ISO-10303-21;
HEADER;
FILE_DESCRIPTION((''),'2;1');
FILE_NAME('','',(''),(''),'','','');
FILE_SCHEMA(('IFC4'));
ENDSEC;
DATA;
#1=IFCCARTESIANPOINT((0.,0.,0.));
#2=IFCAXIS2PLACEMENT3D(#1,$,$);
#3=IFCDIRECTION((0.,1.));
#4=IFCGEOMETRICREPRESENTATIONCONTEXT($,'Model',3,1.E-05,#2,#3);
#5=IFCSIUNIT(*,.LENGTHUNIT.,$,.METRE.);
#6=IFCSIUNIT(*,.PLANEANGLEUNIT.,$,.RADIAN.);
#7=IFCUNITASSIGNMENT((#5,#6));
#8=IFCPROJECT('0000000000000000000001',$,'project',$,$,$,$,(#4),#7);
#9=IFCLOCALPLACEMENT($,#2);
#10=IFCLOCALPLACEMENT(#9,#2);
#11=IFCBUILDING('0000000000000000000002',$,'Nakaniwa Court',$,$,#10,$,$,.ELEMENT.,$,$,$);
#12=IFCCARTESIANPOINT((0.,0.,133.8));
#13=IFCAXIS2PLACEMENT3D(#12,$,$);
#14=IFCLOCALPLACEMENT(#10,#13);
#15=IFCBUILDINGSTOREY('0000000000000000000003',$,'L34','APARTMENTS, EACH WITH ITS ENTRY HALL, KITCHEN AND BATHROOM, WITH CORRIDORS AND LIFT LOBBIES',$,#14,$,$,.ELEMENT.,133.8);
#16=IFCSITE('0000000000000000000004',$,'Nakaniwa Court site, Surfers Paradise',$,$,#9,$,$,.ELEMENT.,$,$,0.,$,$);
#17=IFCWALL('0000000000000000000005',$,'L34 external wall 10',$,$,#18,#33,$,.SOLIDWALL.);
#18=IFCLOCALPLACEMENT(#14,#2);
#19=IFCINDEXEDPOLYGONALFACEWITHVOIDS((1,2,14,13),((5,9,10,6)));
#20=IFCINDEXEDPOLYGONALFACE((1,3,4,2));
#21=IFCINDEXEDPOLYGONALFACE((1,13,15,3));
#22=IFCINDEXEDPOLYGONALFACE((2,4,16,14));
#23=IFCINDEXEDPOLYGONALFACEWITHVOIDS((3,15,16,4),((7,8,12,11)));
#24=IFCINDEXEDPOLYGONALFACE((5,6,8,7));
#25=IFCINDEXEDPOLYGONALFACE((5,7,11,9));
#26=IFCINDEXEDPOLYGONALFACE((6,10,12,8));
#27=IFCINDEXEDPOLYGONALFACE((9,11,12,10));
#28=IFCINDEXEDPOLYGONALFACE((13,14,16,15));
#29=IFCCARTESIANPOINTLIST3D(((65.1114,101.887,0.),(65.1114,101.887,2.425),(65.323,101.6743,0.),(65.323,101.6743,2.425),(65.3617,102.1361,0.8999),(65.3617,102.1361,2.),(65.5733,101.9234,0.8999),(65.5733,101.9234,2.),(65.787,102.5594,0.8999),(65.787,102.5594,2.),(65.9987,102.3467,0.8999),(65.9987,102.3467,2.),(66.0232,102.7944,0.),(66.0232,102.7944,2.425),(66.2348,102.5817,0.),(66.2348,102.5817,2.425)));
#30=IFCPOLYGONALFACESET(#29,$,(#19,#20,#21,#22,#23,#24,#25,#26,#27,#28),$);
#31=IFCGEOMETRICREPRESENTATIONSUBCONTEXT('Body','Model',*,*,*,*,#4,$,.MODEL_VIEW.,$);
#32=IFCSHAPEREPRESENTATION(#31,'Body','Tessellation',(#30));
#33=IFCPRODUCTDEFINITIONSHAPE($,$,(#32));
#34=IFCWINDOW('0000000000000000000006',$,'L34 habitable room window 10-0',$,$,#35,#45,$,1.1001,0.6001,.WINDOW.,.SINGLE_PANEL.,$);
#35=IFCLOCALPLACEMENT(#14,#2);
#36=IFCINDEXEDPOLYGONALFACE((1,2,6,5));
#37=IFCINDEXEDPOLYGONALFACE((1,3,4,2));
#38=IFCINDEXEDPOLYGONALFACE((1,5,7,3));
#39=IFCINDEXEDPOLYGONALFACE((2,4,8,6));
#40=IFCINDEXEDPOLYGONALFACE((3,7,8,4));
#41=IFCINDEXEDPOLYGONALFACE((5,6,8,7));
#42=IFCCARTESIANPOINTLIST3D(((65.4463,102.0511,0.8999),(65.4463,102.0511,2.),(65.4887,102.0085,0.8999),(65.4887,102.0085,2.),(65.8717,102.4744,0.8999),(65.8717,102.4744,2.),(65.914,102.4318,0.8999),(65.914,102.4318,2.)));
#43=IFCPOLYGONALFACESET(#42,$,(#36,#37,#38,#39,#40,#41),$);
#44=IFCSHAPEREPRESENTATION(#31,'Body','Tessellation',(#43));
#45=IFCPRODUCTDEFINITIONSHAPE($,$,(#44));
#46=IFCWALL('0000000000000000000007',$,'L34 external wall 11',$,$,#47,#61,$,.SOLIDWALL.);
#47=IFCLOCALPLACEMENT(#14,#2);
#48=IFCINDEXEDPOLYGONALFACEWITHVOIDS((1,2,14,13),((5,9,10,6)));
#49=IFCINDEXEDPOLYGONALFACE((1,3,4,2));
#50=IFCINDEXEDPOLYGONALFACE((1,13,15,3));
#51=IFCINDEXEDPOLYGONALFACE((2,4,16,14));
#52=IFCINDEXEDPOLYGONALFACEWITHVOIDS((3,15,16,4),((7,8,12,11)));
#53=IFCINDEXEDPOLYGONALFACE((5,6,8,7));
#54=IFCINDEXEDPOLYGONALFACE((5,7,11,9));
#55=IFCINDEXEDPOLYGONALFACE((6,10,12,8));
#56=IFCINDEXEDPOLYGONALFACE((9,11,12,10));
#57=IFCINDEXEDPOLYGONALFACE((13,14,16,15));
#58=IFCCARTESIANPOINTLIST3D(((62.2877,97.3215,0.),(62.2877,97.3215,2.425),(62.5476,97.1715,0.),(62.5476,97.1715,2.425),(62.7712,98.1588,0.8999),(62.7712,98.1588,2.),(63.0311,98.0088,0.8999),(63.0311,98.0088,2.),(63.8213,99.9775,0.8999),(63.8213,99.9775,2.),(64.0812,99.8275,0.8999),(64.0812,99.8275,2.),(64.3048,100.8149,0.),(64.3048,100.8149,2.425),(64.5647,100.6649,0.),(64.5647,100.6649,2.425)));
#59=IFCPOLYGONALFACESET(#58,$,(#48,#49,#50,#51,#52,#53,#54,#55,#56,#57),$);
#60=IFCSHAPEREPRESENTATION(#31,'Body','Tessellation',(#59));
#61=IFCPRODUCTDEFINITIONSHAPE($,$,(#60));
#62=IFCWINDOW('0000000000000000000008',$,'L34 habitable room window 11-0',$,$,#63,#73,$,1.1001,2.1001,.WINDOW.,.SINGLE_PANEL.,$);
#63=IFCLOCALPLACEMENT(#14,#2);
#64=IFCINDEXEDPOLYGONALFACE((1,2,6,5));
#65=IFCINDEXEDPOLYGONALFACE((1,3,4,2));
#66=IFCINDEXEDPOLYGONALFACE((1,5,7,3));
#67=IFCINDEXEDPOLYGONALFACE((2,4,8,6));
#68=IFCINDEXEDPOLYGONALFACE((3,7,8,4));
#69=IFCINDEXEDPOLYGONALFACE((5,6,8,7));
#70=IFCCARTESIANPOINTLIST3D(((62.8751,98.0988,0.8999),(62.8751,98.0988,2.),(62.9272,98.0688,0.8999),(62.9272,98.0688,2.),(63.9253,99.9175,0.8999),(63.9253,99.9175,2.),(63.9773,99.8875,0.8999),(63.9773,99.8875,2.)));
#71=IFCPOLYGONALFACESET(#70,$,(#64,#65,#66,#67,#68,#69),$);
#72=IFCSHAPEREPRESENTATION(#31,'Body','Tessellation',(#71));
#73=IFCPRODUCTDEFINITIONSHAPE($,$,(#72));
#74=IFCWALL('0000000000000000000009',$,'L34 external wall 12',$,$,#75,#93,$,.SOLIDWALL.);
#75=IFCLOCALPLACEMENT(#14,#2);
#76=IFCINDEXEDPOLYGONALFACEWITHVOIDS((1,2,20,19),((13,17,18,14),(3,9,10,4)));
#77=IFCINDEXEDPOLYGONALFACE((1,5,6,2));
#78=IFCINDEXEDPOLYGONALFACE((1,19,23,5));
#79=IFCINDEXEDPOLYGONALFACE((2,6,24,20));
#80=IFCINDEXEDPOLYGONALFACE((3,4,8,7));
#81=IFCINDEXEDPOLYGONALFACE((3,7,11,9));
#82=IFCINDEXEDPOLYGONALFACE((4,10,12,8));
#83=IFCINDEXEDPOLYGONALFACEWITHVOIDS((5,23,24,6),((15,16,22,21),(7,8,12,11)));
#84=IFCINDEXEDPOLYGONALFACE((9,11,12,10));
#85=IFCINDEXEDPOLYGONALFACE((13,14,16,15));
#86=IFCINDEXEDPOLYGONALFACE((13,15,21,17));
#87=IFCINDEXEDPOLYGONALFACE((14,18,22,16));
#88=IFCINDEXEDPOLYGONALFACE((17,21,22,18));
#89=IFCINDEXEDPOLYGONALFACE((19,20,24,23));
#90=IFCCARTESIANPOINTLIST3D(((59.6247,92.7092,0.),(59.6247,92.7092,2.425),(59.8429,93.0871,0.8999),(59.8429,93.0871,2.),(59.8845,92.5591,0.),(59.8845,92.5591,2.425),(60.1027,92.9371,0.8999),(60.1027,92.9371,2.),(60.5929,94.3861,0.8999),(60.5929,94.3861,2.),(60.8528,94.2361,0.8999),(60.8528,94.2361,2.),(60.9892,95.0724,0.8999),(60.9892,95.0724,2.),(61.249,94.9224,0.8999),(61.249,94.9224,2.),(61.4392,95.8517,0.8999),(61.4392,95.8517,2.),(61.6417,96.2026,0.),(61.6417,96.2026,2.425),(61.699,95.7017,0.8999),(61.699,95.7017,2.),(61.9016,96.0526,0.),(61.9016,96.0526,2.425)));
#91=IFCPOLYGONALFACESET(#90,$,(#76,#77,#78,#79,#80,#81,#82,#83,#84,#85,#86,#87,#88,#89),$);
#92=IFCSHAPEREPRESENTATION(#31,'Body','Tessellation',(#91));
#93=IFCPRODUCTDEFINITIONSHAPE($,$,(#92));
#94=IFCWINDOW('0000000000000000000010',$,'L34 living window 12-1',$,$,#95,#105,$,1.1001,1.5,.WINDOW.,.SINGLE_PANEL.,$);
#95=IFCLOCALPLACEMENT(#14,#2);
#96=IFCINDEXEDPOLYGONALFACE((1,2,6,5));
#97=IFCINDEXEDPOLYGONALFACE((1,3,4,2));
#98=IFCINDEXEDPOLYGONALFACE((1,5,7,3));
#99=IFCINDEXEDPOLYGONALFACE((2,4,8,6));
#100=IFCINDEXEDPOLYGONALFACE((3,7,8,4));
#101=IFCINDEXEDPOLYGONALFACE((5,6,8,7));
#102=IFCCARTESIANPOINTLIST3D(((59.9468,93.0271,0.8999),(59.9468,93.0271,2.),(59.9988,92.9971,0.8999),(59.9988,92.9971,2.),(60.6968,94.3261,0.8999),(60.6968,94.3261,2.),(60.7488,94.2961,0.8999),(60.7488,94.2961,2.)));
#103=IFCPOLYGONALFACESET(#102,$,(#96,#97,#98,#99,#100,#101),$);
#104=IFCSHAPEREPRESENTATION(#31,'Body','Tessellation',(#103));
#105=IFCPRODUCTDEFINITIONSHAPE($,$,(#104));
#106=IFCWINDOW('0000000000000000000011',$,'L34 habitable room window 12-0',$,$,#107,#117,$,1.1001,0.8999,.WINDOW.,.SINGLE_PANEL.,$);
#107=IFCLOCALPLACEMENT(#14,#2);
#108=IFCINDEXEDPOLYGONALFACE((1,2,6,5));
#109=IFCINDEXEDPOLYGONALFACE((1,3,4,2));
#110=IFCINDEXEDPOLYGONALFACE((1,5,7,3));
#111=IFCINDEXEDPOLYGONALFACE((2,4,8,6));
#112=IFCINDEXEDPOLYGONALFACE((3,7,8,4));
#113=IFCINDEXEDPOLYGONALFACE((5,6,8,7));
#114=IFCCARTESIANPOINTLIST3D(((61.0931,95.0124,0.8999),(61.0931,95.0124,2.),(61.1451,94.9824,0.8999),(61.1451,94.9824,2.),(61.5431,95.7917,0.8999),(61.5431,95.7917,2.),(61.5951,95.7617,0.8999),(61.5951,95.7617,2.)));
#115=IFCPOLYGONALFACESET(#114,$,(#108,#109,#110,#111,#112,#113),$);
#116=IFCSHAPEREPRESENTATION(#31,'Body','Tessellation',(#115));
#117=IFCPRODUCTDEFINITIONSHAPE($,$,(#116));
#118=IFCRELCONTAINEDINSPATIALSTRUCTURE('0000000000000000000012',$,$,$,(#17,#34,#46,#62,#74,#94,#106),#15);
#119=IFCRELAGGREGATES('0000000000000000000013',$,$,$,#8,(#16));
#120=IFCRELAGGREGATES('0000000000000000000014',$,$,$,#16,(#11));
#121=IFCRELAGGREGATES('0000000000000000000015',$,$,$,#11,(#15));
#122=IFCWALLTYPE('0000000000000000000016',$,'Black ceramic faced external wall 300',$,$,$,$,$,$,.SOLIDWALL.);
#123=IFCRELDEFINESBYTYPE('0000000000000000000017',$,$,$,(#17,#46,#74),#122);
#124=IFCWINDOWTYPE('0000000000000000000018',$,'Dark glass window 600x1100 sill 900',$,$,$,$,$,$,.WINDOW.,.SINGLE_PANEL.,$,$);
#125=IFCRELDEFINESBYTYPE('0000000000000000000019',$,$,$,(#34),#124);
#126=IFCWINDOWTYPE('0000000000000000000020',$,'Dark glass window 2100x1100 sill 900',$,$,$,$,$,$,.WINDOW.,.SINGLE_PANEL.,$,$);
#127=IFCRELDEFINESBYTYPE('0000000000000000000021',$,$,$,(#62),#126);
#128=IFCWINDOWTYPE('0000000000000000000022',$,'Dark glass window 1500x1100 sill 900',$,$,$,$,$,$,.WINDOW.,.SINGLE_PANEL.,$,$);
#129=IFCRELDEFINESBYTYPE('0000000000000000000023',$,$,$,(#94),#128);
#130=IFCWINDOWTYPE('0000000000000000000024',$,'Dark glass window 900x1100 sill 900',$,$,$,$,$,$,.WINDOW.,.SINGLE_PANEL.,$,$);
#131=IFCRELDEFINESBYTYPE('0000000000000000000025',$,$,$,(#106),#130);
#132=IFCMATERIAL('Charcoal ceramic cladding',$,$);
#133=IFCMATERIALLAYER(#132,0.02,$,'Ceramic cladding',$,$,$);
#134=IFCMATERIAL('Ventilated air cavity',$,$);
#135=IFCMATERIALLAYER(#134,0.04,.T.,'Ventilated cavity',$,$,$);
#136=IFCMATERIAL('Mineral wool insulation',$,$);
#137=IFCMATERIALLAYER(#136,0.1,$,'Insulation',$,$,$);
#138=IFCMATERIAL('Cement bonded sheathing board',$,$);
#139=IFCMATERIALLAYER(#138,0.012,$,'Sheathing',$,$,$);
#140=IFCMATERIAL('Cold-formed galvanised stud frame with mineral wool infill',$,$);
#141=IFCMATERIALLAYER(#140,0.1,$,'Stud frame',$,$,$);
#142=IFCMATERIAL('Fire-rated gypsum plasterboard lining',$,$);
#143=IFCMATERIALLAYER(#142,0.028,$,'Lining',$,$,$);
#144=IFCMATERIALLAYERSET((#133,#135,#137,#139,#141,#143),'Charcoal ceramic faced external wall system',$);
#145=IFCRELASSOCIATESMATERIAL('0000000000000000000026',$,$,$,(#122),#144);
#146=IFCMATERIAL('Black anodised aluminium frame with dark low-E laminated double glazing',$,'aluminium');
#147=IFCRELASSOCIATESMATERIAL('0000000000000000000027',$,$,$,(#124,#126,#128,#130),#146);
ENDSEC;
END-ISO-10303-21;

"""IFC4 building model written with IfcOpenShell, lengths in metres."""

from ifc_helpers import new_model, si_unit, direction, frame, frame_2d, origin, place, context, subcontext, project, spatial, rectangle, extrude, material, layer, layer_set, type_object, element, fill, save


model = new_model("IFC4")

# Units and contexts
model_context = context("Model", 3, precision=1e-05, world=origin(), true_north=direction((0.0, 1.0)))
body_context = subcontext(model_context, "Body", "Model", "MODEL_VIEW")
ifc_project = project(units=[si_unit("LENGTHUNIT", "METRE"), si_unit("PLANEANGLEUNIT", "RADIAN")], contexts=[model_context])

# Site, building, storey
site_placement = place(None, origin())
site = spatial("IfcSite", under=ifc_project, at=site_placement, Name="Nakaniwa Court site, Surfers Paradise", CompositionType="ELEMENT", RefElevation=0.0)
building_placement = place(site_placement, origin())
building = spatial("IfcBuilding", under=site, at=building_placement, Name="Nakaniwa Court", CompositionType="ELEMENT")
storey_placement = place(building_placement, frame((0.0, 0.0, 133.8)))
storey = spatial("IfcBuildingStorey", under=building, at=storey_placement, Name="L34", Description="APARTMENTS, EACH WITH ITS ENTRY HALL, KITCHEN AND BATHROOM, WITH CORRIDORS AND LIFT LOBBIES", CompositionType="ELEMENT", Elevation=133.8)

# Walls, openings, windows
ifc_material_1 = material(Name="Charcoal ceramic cladding")
ifc_layer_1 = layer(ifc_material_1, 0.02, Name="Ceramic cladding")
ifc_material_2 = material(Name="Ventilated air cavity")
ifc_layer_2 = layer(ifc_material_2, 0.04, ventilated=True, Name="Ventilated cavity")
ifc_material_3 = material(Name="Mineral wool insulation")
ifc_layer_3 = layer(ifc_material_3, 0.1, Name="Insulation")
ifc_material_4 = material(Name="Cement bonded sheathing board")
ifc_layer_4 = layer(ifc_material_4, 0.012, Name="Sheathing")
ifc_material_5 = material(Name="Cold-formed galvanised stud frame with mineral wool infill")
ifc_layer_5 = layer(ifc_material_5, 0.1, Name="Stud frame")
ifc_material_6 = material(Name="Fire-rated gypsum plasterboard lining")
ifc_layer_6 = layer(ifc_material_6, 0.028, Name="Lining")
ifc_layer_set_1 = layer_set([ifc_layer_1, ifc_layer_2, ifc_layer_3, ifc_layer_4, ifc_layer_5, ifc_layer_6], Name="Charcoal ceramic faced external wall system")
wall_type_1 = type_object("IfcWallType", Name="Black ceramic faced external wall 300", PredefinedType="SOLIDWALL", material=ifc_layer_set_1)
wall_1_placement = place(storey_placement, frame((66.1289, 102.688, 0.0), z_axis=(0.0, 0.0, 1.0), x_axis=(-0.708813, -0.705397, 0.0)))
wall_1 = element("IfcWall", 1, at=wall_1_placement, inside=storey, type_object=wall_type_1, Name="L34 external wall 10", PredefinedType="SOLIDWALL", context=body_context, shape_type="SweptSolid", body=[
    extrude(rectangle(XDim=1.2864, YDim=0.3, at=frame_2d((0.6431, 0.0))), origin(), (0.0, 0.0, 1.0), 2.425),
])
opening_1_placement = place(wall_1_placement, frame((0.333, 0.0, 0.8999)))
opening_1 = element("IfcOpeningElement", 2, at=opening_1_placement, cuts=wall_1, PredefinedType="OPENING", context=body_context, shape_type="SweptSolid", body=[
    extrude(rectangle(XDim=0.6001, YDim=1.1001, at=frame_2d((0.3, 0.55))), frame((0.0, 0.1599, 0.0), z_axis=(0.0, -1.0, 0.0), x_axis=(1.0, 0.0, 0.0)), (0.0, 0.0, 1.0), 0.3201),
])
ifc_material_7 = material(Name="Black anodised aluminium frame with dark low-E laminated double glazing", Category="aluminium")
window_type_1 = type_object("IfcWindowType", Name="Dark glass window 600x1100 sill 900", PartitioningType="SINGLE_PANEL", PredefinedType="WINDOW", material=ifc_material_7)
window_1_placement = place(opening_1_placement, origin())
window_1 = element("IfcWindow", 3, at=window_1_placement, inside=storey, type_object=window_type_1, Name="L34 habitable room window 10-0", OverallHeight=1.1001, OverallWidth=0.6001, PartitioningType="SINGLE_PANEL", PredefinedType="WINDOW", context=body_context, shape_type="SweptSolid", body=[
    extrude(rectangle(XDim=0.6001, YDim=1.1001, at=frame_2d((0.3, 0.55))), frame((0.0, 0.03, 0.0), z_axis=(0.0, -1.0, 0.0), x_axis=(1.0, 0.0, 0.0)), (0.0, 0.0, 1.0), 0.0601),
])
fill(opening_1, window_1)
wall_2_placement = place(storey_placement, frame((64.4348, 100.74, 0.0), z_axis=(0.0, 0.0, 1.0), x_axis=(-0.500032, -0.866007, 0.0)))
wall_2 = element("IfcWall", 4, at=wall_2_placement, inside=storey, type_object=wall_type_1, Name="L34 external wall 11", PredefinedType="SOLIDWALL", context=body_context, shape_type="SweptSolid", body=[
    extrude(rectangle(XDim=4.0339, YDim=0.3, at=frame_2d((2.0171, 0.0))), origin(), (0.0, 0.0, 1.0), 2.425),
])
opening_2_placement = place(wall_2_placement, frame((0.967, 0.0, 0.8999)))
opening_2 = element("IfcOpeningElement", 5, at=opening_2_placement, cuts=wall_2, PredefinedType="OPENING", context=body_context, shape_type="SweptSolid", body=[
    extrude(rectangle(XDim=2.1001, YDim=1.1001, at=frame_2d((1.05, 0.55))), frame((0.0, 0.1599, 0.0), z_axis=(0.0, -1.0, 0.0), x_axis=(1.0, 0.0, 0.0)), (0.0, 0.0, 1.0), 0.3201),
])
window_type_2 = type_object("IfcWindowType", Name="Dark glass window 2100x1100 sill 900", PartitioningType="SINGLE_PANEL", PredefinedType="WINDOW", material=ifc_material_7)
window_2_placement = place(opening_2_placement, origin())
window_2 = element("IfcWindow", 6, at=window_2_placement, inside=storey, type_object=window_type_2, Name="L34 habitable room window 11-0", OverallHeight=1.1001, OverallWidth=2.1001, PartitioningType="SINGLE_PANEL", PredefinedType="WINDOW", context=body_context, shape_type="SweptSolid", body=[
    extrude(rectangle(XDim=2.1001, YDim=1.1001, at=frame_2d((1.05, 0.55))), frame((0.0, 0.03, 0.0), z_axis=(0.0, -1.0, 0.0), x_axis=(1.0, 0.0, 0.0)), (0.0, 0.0, 1.0), 0.0601),
])
fill(opening_2, window_2)

# Wall, openings, windows
wall_3_placement = place(storey_placement, frame((61.7717, 96.1277, 0.0), z_axis=(0.0, 0.0, 1.0), x_axis=(-0.500032, -0.866007, 0.0)))
wall_3 = element("IfcWall", 7, at=wall_3_placement, inside=storey, type_object=wall_type_1, Name="L34 external wall 12", PredefinedType="SOLIDWALL", context=body_context, shape_type="SweptSolid", body=[
    extrude(rectangle(XDim=4.0339, YDim=0.3, at=frame_2d((2.0171, 0.0))), origin(), (0.0, 0.0, 1.0), 2.425),
])
opening_3_placement = place(wall_3_placement, frame((0.4053, 0.0, 0.8999)))
opening_3 = element("IfcOpeningElement", 8, at=opening_3_placement, cuts=wall_3, PredefinedType="OPENING", context=body_context, shape_type="SweptSolid", body=[
    extrude(rectangle(XDim=0.8999, YDim=1.1001, at=frame_2d((0.45, 0.55))), frame((0.0, 0.1599, 0.0), z_axis=(0.0, -1.0, 0.0), x_axis=(1.0, 0.0, 0.0)), (0.0, 0.0, 1.0), 0.3201),
])
opening_4_placement = place(wall_3_placement, frame((2.0977, 0.0, 0.8999)))
opening_4 = element("IfcOpeningElement", 9, at=opening_4_placement, cuts=wall_3, PredefinedType="OPENING", context=body_context, shape_type="SweptSolid", body=[
    extrude(rectangle(XDim=1.5, YDim=1.1001, at=frame_2d((0.75, 0.55))), frame((0.0, 0.1599, 0.0), z_axis=(0.0, -1.0, 0.0), x_axis=(1.0, 0.0, 0.0)), (0.0, 0.0, 1.0), 0.3201),
])
window_type_3 = type_object("IfcWindowType", Name="Dark glass window 1500x1100 sill 900", PartitioningType="SINGLE_PANEL", PredefinedType="WINDOW", material=ifc_material_7)
window_3_placement = place(opening_4_placement, origin())
window_3 = element("IfcWindow", 10, at=window_3_placement, inside=storey, type_object=window_type_3, Name="L34 living window 12-1", OverallHeight=1.1001, OverallWidth=1.5, PartitioningType="SINGLE_PANEL", PredefinedType="WINDOW", context=body_context, shape_type="SweptSolid", body=[
    extrude(rectangle(XDim=1.5, YDim=1.1001, at=frame_2d((0.75, 0.55))), frame((0.0, 0.03, 0.0), z_axis=(0.0, -1.0, 0.0), x_axis=(1.0, 0.0, 0.0)), (0.0, 0.0, 1.0), 0.0601),
])
fill(opening_4, window_3)
window_type_4 = type_object("IfcWindowType", Name="Dark glass window 900x1100 sill 900", PartitioningType="SINGLE_PANEL", PredefinedType="WINDOW", material=ifc_material_7)
window_4_placement = place(opening_3_placement, origin())
window_4 = element("IfcWindow", 11, at=window_4_placement, inside=storey, type_object=window_type_4, Name="L34 habitable room window 12-0", OverallHeight=1.1001, OverallWidth=0.8999, PartitioningType="SINGLE_PANEL", PredefinedType="WINDOW", context=body_context, shape_type="SweptSolid", body=[
    extrude(rectangle(XDim=0.8999, YDim=1.1001, at=frame_2d((0.45, 0.55))), frame((0.0, 0.03, 0.0), z_axis=(0.0, -1.0, 0.0), x_axis=(1.0, 0.0, 0.0)), (0.0, 0.0, 1.0), 0.0601),
])
fill(opening_3, window_4)

save(model, "model.ifc")
